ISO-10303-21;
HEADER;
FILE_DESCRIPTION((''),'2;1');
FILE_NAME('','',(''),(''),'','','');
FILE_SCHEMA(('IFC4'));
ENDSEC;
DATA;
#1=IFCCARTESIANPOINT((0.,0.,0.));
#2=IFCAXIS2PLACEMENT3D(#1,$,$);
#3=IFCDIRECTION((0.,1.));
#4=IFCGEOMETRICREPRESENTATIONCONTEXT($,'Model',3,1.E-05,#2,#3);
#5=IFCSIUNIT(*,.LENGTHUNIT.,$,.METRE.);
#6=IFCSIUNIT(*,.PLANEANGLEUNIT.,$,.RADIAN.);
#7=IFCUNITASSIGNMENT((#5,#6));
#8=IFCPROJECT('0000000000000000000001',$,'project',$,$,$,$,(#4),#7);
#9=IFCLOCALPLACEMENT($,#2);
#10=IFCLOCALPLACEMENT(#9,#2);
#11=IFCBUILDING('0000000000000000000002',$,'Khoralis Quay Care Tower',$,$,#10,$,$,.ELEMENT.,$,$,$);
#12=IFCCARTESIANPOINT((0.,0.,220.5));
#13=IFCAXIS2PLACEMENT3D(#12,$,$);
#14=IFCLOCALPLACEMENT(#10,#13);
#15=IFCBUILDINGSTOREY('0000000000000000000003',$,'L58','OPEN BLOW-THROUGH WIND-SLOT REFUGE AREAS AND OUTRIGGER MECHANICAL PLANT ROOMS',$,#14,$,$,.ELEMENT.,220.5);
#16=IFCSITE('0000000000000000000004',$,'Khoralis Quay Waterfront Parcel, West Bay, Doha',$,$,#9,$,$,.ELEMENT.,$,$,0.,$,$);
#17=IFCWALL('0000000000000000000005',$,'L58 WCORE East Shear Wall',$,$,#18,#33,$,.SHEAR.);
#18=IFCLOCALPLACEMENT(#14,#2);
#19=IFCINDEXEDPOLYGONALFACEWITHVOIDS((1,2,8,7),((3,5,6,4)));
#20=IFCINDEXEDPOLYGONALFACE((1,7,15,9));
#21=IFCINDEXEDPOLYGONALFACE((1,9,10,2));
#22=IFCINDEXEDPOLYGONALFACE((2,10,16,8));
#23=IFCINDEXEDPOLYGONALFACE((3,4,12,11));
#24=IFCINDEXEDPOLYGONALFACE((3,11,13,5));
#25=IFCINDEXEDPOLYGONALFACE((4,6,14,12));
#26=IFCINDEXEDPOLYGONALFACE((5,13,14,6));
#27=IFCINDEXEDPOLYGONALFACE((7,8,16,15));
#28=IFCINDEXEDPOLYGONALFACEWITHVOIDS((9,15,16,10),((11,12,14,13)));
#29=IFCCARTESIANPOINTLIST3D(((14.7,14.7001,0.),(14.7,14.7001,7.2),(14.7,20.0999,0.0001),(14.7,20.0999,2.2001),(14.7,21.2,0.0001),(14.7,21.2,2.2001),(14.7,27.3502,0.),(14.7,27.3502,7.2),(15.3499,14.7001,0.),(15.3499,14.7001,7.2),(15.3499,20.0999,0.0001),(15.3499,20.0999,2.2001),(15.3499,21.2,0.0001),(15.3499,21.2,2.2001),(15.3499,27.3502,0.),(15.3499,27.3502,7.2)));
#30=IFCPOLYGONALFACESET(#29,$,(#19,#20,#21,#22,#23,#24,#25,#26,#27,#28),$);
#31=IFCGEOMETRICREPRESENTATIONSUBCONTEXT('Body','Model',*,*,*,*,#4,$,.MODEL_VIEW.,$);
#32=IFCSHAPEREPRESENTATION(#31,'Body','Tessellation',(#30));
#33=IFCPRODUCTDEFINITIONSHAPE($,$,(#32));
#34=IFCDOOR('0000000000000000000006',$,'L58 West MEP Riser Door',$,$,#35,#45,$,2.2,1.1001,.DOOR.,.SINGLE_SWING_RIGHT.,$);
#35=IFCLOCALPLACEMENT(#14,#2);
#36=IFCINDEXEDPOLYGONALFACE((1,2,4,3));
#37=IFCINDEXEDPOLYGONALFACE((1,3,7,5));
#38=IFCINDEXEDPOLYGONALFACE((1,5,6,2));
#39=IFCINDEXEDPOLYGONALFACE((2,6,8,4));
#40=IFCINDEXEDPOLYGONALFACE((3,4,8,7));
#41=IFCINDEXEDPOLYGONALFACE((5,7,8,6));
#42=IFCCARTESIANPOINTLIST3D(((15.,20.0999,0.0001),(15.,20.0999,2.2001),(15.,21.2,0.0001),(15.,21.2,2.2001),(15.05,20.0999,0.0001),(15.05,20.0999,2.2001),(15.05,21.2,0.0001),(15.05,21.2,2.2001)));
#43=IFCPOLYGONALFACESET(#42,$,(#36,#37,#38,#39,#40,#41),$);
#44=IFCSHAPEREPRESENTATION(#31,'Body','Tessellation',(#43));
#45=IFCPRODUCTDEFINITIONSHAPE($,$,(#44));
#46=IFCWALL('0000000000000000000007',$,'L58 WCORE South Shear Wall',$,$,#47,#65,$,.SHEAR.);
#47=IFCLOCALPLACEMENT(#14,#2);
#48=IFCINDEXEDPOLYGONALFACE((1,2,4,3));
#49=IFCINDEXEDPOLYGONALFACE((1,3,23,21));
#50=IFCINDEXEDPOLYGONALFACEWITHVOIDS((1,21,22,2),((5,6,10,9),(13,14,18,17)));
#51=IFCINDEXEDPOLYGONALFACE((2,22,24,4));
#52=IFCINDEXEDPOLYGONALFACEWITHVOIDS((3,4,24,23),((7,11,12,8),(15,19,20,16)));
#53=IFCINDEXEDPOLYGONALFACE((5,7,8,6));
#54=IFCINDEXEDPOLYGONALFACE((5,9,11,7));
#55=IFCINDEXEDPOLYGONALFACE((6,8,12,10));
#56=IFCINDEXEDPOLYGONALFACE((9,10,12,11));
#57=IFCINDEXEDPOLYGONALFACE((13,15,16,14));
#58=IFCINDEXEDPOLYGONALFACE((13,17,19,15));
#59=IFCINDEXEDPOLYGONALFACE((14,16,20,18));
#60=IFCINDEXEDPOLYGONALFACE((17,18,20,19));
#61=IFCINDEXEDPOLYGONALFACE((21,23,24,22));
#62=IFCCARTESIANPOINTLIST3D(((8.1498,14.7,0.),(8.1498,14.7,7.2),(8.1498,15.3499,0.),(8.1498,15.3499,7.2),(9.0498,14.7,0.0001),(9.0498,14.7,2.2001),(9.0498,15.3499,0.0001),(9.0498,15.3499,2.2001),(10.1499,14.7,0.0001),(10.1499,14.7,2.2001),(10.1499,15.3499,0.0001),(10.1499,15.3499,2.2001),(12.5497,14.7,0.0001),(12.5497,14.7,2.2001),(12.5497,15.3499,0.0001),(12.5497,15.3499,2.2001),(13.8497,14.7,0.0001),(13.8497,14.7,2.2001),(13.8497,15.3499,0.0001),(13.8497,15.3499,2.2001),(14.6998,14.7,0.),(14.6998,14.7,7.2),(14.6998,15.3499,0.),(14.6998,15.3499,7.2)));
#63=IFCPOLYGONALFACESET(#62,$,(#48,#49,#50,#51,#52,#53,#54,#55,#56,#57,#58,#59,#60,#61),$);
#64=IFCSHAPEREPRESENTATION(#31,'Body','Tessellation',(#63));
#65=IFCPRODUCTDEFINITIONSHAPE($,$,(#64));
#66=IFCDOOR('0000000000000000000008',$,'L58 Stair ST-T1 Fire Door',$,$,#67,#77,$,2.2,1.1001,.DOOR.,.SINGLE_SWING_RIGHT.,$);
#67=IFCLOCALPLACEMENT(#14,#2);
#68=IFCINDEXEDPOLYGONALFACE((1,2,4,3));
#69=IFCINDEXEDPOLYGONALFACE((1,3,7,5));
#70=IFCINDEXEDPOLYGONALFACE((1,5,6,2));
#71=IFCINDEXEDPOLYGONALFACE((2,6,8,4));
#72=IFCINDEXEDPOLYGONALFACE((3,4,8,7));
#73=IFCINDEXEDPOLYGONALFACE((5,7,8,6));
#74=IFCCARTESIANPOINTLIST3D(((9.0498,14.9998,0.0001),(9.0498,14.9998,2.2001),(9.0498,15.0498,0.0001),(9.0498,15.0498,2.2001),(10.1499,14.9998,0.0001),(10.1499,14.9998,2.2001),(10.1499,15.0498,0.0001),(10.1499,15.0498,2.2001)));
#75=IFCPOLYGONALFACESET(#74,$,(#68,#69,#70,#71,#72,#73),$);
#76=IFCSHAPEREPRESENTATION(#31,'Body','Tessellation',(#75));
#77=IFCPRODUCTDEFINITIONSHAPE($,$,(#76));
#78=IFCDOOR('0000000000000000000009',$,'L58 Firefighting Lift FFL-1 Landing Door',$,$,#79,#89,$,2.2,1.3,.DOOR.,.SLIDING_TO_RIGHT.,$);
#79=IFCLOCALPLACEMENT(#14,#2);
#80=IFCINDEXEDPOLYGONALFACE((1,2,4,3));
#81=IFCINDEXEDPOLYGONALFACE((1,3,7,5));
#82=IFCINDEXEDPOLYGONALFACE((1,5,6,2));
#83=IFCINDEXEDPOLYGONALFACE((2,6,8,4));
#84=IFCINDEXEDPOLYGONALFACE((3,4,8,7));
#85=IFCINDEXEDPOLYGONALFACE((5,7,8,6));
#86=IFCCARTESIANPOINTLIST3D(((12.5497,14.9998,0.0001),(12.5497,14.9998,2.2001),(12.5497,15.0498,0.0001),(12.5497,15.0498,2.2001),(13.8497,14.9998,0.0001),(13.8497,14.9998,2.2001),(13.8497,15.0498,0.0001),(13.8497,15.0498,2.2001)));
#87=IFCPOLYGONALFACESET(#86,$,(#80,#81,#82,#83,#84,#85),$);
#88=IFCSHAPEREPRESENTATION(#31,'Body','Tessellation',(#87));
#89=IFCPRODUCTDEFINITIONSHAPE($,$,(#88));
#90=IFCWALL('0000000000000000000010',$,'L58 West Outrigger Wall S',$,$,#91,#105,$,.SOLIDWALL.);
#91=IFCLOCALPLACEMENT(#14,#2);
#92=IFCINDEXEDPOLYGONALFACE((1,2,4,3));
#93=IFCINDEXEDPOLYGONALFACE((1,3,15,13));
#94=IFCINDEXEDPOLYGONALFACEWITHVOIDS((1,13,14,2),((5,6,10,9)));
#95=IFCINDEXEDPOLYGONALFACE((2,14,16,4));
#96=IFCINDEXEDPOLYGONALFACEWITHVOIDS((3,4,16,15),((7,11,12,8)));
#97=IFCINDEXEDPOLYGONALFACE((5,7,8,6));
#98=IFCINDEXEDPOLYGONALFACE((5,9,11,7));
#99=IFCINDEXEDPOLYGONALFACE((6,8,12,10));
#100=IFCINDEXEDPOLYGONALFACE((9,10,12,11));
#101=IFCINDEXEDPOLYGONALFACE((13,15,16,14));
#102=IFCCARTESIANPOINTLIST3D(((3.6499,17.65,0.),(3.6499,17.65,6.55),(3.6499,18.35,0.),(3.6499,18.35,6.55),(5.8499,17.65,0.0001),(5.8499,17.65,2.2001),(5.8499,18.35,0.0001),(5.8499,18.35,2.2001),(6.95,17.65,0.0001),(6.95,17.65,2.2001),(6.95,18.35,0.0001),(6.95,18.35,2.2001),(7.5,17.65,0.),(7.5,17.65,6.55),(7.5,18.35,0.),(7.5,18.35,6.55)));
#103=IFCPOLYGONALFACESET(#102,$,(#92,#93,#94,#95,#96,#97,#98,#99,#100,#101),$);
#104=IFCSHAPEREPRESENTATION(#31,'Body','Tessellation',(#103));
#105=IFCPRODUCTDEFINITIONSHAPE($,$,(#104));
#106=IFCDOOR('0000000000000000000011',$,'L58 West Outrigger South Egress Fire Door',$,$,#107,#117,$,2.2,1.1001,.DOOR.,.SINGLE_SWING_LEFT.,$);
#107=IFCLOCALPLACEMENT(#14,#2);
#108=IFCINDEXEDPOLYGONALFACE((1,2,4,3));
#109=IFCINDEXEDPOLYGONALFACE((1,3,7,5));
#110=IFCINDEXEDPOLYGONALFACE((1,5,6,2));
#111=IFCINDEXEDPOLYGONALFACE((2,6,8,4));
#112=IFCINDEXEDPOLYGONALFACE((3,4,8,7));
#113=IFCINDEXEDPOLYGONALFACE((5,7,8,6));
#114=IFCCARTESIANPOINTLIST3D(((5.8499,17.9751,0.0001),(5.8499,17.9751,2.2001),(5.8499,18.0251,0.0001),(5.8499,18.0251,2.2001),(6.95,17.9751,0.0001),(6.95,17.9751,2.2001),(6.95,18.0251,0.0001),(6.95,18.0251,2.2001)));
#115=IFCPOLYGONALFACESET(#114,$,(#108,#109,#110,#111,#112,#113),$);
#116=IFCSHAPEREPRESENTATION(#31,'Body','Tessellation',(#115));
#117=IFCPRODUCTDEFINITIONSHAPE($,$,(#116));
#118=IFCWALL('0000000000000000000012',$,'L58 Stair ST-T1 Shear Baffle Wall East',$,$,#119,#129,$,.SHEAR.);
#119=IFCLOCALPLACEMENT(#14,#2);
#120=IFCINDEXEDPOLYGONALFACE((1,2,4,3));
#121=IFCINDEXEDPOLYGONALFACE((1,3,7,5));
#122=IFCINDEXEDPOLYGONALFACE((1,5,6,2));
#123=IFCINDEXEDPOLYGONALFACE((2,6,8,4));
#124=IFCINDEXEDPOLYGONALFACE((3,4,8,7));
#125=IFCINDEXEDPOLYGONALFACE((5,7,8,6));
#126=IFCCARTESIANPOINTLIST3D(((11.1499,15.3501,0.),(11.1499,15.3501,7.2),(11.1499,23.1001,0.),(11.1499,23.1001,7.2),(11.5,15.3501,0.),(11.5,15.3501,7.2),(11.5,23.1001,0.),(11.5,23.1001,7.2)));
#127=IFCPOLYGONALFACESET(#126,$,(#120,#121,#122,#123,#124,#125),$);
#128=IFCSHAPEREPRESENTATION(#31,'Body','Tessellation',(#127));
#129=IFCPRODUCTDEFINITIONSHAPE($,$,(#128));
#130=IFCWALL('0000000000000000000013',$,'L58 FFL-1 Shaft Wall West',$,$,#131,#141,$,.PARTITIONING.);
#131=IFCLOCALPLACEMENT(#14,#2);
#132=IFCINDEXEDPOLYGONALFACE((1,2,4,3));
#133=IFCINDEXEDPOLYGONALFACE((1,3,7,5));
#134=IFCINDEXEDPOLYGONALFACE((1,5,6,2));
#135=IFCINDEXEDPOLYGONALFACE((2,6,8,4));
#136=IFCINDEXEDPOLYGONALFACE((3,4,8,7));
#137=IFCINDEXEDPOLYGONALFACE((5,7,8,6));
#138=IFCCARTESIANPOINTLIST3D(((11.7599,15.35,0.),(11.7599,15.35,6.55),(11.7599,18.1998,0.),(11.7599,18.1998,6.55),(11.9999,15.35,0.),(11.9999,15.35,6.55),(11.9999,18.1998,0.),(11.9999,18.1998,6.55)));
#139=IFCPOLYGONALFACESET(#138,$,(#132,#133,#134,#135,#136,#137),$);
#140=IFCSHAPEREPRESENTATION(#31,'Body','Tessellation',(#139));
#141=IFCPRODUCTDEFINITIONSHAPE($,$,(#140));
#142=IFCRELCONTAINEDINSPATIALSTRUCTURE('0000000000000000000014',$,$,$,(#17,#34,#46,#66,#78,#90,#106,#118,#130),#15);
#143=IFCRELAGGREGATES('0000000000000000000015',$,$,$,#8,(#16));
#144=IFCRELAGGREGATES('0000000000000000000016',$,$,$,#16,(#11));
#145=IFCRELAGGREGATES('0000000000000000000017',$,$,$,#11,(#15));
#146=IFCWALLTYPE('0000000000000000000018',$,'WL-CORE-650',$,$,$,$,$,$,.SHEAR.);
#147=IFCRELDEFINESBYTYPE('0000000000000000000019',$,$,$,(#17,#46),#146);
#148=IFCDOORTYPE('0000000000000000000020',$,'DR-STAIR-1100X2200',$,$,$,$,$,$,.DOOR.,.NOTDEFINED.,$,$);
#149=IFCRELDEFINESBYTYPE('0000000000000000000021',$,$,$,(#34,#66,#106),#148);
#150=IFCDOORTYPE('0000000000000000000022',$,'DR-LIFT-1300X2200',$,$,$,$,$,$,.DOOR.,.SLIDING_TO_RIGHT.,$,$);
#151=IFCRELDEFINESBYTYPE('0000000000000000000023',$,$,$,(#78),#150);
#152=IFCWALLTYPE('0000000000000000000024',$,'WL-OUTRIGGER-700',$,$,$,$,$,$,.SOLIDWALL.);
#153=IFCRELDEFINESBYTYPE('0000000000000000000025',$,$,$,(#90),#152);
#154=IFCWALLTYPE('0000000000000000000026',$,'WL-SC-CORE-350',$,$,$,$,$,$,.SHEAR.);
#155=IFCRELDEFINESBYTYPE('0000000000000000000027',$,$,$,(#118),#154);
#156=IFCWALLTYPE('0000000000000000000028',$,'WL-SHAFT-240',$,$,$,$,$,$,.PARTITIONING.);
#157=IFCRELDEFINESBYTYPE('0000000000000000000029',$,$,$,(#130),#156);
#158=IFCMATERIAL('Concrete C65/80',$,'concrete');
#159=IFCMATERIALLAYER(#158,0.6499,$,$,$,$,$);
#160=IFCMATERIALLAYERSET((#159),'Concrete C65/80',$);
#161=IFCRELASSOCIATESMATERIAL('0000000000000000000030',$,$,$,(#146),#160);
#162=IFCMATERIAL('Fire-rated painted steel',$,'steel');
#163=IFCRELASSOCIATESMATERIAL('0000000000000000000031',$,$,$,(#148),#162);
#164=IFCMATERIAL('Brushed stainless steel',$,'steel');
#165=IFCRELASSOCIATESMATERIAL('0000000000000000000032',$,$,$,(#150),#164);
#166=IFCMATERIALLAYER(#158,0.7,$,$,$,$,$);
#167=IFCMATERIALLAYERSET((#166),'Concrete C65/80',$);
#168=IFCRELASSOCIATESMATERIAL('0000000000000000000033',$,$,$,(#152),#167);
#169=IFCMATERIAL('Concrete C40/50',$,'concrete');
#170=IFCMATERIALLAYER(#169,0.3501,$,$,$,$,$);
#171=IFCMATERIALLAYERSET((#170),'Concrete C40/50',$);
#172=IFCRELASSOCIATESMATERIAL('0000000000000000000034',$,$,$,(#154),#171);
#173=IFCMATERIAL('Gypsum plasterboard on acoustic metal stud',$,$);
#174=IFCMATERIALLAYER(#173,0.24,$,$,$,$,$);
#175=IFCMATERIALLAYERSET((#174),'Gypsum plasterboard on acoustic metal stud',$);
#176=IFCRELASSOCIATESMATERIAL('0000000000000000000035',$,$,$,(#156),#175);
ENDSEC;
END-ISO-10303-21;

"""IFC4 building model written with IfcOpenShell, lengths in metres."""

from ifc_helpers import new_model, si_unit, direction, frame, frame_2d, origin, place, context, subcontext, project, spatial, rectangle, extrude, source, transform, mapped, material, layer, layer_set, type_object, element, fill, save


model = new_model("IFC4")

# Units and contexts
model_context = context("Model", 3, precision=1e-05, world=origin(), true_north=direction((0.0, 1.0)))
body_context = subcontext(model_context, "Body", "Model", "MODEL_VIEW")
ifc_project = project(units=[si_unit("LENGTHUNIT", "METRE"), si_unit("PLANEANGLEUNIT", "RADIAN")], contexts=[model_context])

# Site, building, storey
site_placement = place(None, origin())
site = spatial("IfcSite", under=ifc_project, at=site_placement, Name="Khoralis Quay Waterfront Parcel, West Bay, Doha", CompositionType="ELEMENT", RefElevation=0.0)
building_placement = place(site_placement, origin())
building = spatial("IfcBuilding", under=site, at=building_placement, Name="Khoralis Quay Care Tower", CompositionType="ELEMENT")
storey_placement = place(building_placement, frame((0.0, 0.0, 220.5)))
storey = spatial("IfcBuildingStorey", under=building, at=storey_placement, Name="L58", Description="OPEN BLOW-THROUGH WIND-SLOT REFUGE AREAS AND OUTRIGGER MECHANICAL PLANT ROOMS", CompositionType="ELEMENT", Elevation=220.5)

# Shared definitions
ifc_material_1 = material(Name="Concrete C65/80", Category="concrete")

# Shared definitions
ifc_material_2 = material(Name="Gypsum plasterboard on acoustic metal stud")
ifc_layer_1 = layer(ifc_material_1, 0.6499)
ifc_layer_set_1 = layer_set([ifc_layer_1], Name="Concrete C65/80")
wall_type_1 = type_object("IfcWallType", Name="WL-CORE-650", PredefinedType="SHEAR", material=ifc_layer_set_1)

# Wall, opening, door
wall_1_placement = place(storey_placement, frame((15.0249, 14.7, 0.0), z_axis=(0.0, 0.0, 1.0), x_axis=(0.0, 1.0, 0.0)))
wall_1 = element("IfcWall", 1, at=wall_1_placement, inside=storey, type_object=wall_type_1, Name="L58 WCORE East Shear Wall", PredefinedType="SHEAR", context=body_context, shape_type="SweptSolid", body=[
    extrude(rectangle(XDim=12.6501, YDim=0.6499, at=frame_2d((6.3252, 0.0))), origin(), (0.0, 0.0, 1.0), 7.2),
])
opening_1_placement = place(wall_1_placement, frame((5.3999, 0.0, 0.0)))
opening_1 = element("IfcOpeningElement", 2, at=opening_1_placement, cuts=wall_1, PredefinedType="OPENING", context=body_context, shape_type="SweptSolid", body=[
    extrude(rectangle(XDim=1.1001, YDim=2.2, at=frame_2d((0.55, 1.1001))), frame((0.0, 0.335, 0.0), z_axis=(0.0, -1.0, 0.0), x_axis=(1.0, 0.0, 0.0)), (0.0, 0.0, 1.0), 0.6699),
])
ifc_material_3 = material(Name="Fire-rated painted steel", Category="steel")
door_type_1 = type_object("IfcDoorType", Name="DR-STAIR-1100X2200", OperationType="NOTDEFINED", PredefinedType="DOOR", material=ifc_material_3)
shared_shape_1 = source(origin(), body_context, "Body", "SweptSolid", [
    extrude(rectangle(XDim=1.1001, YDim=2.2, at=frame_2d((0.55, 1.1001))), frame((0.0, 0.0249, 0.0), z_axis=(0.0, -1.0, 0.0), x_axis=(1.0, 0.0, 0.0)), (0.0, 0.0, 1.0), 0.05),
])
door_1_placement = place(opening_1_placement, origin())
door_1 = element("IfcDoor", 3, at=door_1_placement, inside=storey, type_object=door_type_1, Name="L58 West MEP Riser Door", OperationType="SINGLE_SWING_RIGHT", OverallHeight=2.2, OverallWidth=1.1001, PredefinedType="DOOR", context=body_context, shape_type="MappedRepresentation", body=[
    mapped(shared_shape_1, transform((0.0, 0.0, 0.0), scale=1.0)),
])
fill(opening_1, door_1)

# Wall, openings, doors
wall_2_placement = place(storey_placement, frame((8.1499, 15.0249, 0.0), z_axis=(0.0, 0.0, 1.0), x_axis=(1.0, 0.0, 0.0)))
wall_2 = element("IfcWall", 4, at=wall_2_placement, inside=storey, type_object=wall_type_1, Name="L58 WCORE South Shear Wall", PredefinedType="SHEAR", context=body_context, shape_type="SweptSolid", body=[
    extrude(rectangle(XDim=6.55, YDim=0.6499, at=frame_2d((3.2749, 0.0))), origin(), (0.0, 0.0, 1.0), 7.2),
])
opening_2_placement = place(wall_2_placement, frame((0.8999, 0.0, 0.0)))
opening_2 = element("IfcOpeningElement", 5, at=opening_2_placement, cuts=wall_2, PredefinedType="OPENING", context=body_context, shape_type="SweptSolid", body=[
    extrude(rectangle(XDim=1.1001, YDim=2.2, at=frame_2d((0.55, 1.1001))), frame((0.0, 0.335, 0.0), z_axis=(0.0, -1.0, 0.0), x_axis=(1.0, 0.0, 0.0)), (0.0, 0.0, 1.0), 0.6699),
])
opening_3_placement = place(wall_2_placement, frame((4.3999, 0.0, 0.0)))
opening_3 = element("IfcOpeningElement", 6, at=opening_3_placement, cuts=wall_2, PredefinedType="OPENING", context=body_context, shape_type="SweptSolid", body=[
    extrude(rectangle(XDim=1.3, YDim=2.2, at=frame_2d((0.6499, 1.1001))), frame((0.0, 0.335, 0.0), z_axis=(0.0, -1.0, 0.0), x_axis=(1.0, 0.0, 0.0)), (0.0, 0.0, 1.0), 0.6699),
])
door_2_placement = place(opening_2_placement, origin())
door_2 = element("IfcDoor", 7, at=door_2_placement, inside=storey, type_object=door_type_1, Name="L58 Stair ST-T1 Fire Door", OperationType="SINGLE_SWING_RIGHT", OverallHeight=2.2, OverallWidth=1.1001, PredefinedType="DOOR", context=body_context, shape_type="MappedRepresentation", body=[
    mapped(shared_shape_1, transform((0.0, 0.0, 0.0), scale=1.0)),
])
fill(opening_2, door_2)
ifc_material_4 = material(Name="Brushed stainless steel", Category="steel")
door_type_2 = type_object("IfcDoorType", Name="DR-LIFT-1300X2200", OperationType="SLIDING_TO_RIGHT", PredefinedType="DOOR", material=ifc_material_4)
shared_shape_2 = source(origin(), body_context, "Body", "SweptSolid", [
    extrude(rectangle(XDim=1.3, YDim=2.2, at=frame_2d((0.6499, 1.1001))), frame((0.0, 0.0249, 0.0), z_axis=(0.0, -1.0, 0.0), x_axis=(1.0, 0.0, 0.0)), (0.0, 0.0, 1.0), 0.05),
])
door_3_placement = place(opening_3_placement, origin())
door_3 = element("IfcDoor", 8, at=door_3_placement, inside=storey, type_object=door_type_2, Name="L58 Firefighting Lift FFL-1 Landing Door", OperationType="SLIDING_TO_RIGHT", OverallHeight=2.2, OverallWidth=1.3, PredefinedType="DOOR", context=body_context, shape_type="MappedRepresentation", body=[
    mapped(shared_shape_2, transform((0.0, 0.0, 0.0), scale=1.0)),
])
fill(opening_3, door_3)

# Wall, opening, door
ifc_layer_2 = layer(ifc_material_1, 0.7)
ifc_layer_set_2 = layer_set([ifc_layer_2], Name="Concrete C65/80")
wall_type_2 = type_object("IfcWallType", Name="WL-OUTRIGGER-700", PredefinedType="SOLIDWALL", material=ifc_layer_set_2)
wall_3_placement = place(storey_placement, frame((3.6499, 18.0, 0.0), z_axis=(0.0, 0.0, 1.0), x_axis=(1.0, 0.0, 0.0)))
wall_3 = element("IfcWall", 9, at=wall_3_placement, inside=storey, type_object=wall_type_2, Name="L58 West Outrigger Wall S", PredefinedType="SOLIDWALL", context=body_context, shape_type="SweptSolid", body=[
    extrude(rectangle(XDim=3.8501, YDim=0.7, at=frame_2d((1.925, 0.0))), origin(), (0.0, 0.0, 1.0), 6.55),
])
opening_4_placement = place(wall_3_placement, frame((2.2, 0.0, 0.0)))
opening_4 = element("IfcOpeningElement", 10, at=opening_4_placement, cuts=wall_3, PredefinedType="OPENING", context=body_context, shape_type="SweptSolid", body=[
    extrude(rectangle(XDim=1.1001, YDim=2.2, at=frame_2d((0.55, 1.1001))), frame((0.0, 0.3599, 0.0), z_axis=(0.0, -1.0, 0.0), x_axis=(1.0, 0.0, 0.0)), (0.0, 0.0, 1.0), 0.72),
])
door_4_placement = place(opening_4_placement, frame((1.1001, 0.0, 0.0), z_axis=(0.0, 0.0, 1.0), x_axis=(-1.0, 0.0, 0.0)))
door_4 = element("IfcDoor", 11, at=door_4_placement, inside=storey, type_object=door_type_1, Name="L58 West Outrigger South Egress Fire Door", OperationType="SINGLE_SWING_LEFT", OverallHeight=2.2, OverallWidth=1.1001, PredefinedType="DOOR", context=body_context, shape_type="MappedRepresentation", body=[
    mapped(shared_shape_1, transform((0.0, 0.0, 0.0), scale=1.0)),
])
fill(opening_4, door_4)

# Walls
ifc_material_5 = material(Name="Concrete C40/50", Category="concrete")
ifc_layer_3 = layer(ifc_material_5, 0.3501)
ifc_layer_set_3 = layer_set([ifc_layer_3], Name="Concrete C40/50")
wall_type_3 = type_object("IfcWallType", Name="WL-SC-CORE-350", PredefinedType="SHEAR", material=ifc_layer_set_3)
wall_4_placement = place(storey_placement, frame((11.325, 15.3501, 0.0), z_axis=(0.0, 0.0, 1.0), x_axis=(0.0, 1.0, 0.0)))
element("IfcWall", 12, at=wall_4_placement, inside=storey, type_object=wall_type_3, Name="L58 Stair ST-T1 Shear Baffle Wall East", PredefinedType="SHEAR", context=body_context, shape_type="SweptSolid", body=[
    extrude(rectangle(XDim=7.75, YDim=0.3501, at=frame_2d((3.875, 0.0))), origin(), (0.0, 0.0, 1.0), 7.2),
])
ifc_layer_4 = layer(ifc_material_2, 0.24)
ifc_layer_set_4 = layer_set([ifc_layer_4], Name="Gypsum plasterboard on acoustic metal stud")
wall_type_4 = type_object("IfcWallType", Name="WL-SHAFT-240", PredefinedType="PARTITIONING", material=ifc_layer_set_4)
wall_5_placement = place(storey_placement, frame((11.8799, 15.3501, 0.0), z_axis=(0.0, 0.0, 1.0), x_axis=(0.0, 1.0, 0.0)))
element("IfcWall", 13, at=wall_5_placement, inside=storey, type_object=wall_type_4, Name="L58 FFL-1 Shaft Wall West", PredefinedType="PARTITIONING", context=body_context, shape_type="SweptSolid", body=[
    extrude(rectangle(XDim=2.8499, YDim=0.24, at=frame_2d((1.4248, 0.0))), origin(), (0.0, 0.0, 1.0), 6.55),
])

save(model, "model.ifc")
